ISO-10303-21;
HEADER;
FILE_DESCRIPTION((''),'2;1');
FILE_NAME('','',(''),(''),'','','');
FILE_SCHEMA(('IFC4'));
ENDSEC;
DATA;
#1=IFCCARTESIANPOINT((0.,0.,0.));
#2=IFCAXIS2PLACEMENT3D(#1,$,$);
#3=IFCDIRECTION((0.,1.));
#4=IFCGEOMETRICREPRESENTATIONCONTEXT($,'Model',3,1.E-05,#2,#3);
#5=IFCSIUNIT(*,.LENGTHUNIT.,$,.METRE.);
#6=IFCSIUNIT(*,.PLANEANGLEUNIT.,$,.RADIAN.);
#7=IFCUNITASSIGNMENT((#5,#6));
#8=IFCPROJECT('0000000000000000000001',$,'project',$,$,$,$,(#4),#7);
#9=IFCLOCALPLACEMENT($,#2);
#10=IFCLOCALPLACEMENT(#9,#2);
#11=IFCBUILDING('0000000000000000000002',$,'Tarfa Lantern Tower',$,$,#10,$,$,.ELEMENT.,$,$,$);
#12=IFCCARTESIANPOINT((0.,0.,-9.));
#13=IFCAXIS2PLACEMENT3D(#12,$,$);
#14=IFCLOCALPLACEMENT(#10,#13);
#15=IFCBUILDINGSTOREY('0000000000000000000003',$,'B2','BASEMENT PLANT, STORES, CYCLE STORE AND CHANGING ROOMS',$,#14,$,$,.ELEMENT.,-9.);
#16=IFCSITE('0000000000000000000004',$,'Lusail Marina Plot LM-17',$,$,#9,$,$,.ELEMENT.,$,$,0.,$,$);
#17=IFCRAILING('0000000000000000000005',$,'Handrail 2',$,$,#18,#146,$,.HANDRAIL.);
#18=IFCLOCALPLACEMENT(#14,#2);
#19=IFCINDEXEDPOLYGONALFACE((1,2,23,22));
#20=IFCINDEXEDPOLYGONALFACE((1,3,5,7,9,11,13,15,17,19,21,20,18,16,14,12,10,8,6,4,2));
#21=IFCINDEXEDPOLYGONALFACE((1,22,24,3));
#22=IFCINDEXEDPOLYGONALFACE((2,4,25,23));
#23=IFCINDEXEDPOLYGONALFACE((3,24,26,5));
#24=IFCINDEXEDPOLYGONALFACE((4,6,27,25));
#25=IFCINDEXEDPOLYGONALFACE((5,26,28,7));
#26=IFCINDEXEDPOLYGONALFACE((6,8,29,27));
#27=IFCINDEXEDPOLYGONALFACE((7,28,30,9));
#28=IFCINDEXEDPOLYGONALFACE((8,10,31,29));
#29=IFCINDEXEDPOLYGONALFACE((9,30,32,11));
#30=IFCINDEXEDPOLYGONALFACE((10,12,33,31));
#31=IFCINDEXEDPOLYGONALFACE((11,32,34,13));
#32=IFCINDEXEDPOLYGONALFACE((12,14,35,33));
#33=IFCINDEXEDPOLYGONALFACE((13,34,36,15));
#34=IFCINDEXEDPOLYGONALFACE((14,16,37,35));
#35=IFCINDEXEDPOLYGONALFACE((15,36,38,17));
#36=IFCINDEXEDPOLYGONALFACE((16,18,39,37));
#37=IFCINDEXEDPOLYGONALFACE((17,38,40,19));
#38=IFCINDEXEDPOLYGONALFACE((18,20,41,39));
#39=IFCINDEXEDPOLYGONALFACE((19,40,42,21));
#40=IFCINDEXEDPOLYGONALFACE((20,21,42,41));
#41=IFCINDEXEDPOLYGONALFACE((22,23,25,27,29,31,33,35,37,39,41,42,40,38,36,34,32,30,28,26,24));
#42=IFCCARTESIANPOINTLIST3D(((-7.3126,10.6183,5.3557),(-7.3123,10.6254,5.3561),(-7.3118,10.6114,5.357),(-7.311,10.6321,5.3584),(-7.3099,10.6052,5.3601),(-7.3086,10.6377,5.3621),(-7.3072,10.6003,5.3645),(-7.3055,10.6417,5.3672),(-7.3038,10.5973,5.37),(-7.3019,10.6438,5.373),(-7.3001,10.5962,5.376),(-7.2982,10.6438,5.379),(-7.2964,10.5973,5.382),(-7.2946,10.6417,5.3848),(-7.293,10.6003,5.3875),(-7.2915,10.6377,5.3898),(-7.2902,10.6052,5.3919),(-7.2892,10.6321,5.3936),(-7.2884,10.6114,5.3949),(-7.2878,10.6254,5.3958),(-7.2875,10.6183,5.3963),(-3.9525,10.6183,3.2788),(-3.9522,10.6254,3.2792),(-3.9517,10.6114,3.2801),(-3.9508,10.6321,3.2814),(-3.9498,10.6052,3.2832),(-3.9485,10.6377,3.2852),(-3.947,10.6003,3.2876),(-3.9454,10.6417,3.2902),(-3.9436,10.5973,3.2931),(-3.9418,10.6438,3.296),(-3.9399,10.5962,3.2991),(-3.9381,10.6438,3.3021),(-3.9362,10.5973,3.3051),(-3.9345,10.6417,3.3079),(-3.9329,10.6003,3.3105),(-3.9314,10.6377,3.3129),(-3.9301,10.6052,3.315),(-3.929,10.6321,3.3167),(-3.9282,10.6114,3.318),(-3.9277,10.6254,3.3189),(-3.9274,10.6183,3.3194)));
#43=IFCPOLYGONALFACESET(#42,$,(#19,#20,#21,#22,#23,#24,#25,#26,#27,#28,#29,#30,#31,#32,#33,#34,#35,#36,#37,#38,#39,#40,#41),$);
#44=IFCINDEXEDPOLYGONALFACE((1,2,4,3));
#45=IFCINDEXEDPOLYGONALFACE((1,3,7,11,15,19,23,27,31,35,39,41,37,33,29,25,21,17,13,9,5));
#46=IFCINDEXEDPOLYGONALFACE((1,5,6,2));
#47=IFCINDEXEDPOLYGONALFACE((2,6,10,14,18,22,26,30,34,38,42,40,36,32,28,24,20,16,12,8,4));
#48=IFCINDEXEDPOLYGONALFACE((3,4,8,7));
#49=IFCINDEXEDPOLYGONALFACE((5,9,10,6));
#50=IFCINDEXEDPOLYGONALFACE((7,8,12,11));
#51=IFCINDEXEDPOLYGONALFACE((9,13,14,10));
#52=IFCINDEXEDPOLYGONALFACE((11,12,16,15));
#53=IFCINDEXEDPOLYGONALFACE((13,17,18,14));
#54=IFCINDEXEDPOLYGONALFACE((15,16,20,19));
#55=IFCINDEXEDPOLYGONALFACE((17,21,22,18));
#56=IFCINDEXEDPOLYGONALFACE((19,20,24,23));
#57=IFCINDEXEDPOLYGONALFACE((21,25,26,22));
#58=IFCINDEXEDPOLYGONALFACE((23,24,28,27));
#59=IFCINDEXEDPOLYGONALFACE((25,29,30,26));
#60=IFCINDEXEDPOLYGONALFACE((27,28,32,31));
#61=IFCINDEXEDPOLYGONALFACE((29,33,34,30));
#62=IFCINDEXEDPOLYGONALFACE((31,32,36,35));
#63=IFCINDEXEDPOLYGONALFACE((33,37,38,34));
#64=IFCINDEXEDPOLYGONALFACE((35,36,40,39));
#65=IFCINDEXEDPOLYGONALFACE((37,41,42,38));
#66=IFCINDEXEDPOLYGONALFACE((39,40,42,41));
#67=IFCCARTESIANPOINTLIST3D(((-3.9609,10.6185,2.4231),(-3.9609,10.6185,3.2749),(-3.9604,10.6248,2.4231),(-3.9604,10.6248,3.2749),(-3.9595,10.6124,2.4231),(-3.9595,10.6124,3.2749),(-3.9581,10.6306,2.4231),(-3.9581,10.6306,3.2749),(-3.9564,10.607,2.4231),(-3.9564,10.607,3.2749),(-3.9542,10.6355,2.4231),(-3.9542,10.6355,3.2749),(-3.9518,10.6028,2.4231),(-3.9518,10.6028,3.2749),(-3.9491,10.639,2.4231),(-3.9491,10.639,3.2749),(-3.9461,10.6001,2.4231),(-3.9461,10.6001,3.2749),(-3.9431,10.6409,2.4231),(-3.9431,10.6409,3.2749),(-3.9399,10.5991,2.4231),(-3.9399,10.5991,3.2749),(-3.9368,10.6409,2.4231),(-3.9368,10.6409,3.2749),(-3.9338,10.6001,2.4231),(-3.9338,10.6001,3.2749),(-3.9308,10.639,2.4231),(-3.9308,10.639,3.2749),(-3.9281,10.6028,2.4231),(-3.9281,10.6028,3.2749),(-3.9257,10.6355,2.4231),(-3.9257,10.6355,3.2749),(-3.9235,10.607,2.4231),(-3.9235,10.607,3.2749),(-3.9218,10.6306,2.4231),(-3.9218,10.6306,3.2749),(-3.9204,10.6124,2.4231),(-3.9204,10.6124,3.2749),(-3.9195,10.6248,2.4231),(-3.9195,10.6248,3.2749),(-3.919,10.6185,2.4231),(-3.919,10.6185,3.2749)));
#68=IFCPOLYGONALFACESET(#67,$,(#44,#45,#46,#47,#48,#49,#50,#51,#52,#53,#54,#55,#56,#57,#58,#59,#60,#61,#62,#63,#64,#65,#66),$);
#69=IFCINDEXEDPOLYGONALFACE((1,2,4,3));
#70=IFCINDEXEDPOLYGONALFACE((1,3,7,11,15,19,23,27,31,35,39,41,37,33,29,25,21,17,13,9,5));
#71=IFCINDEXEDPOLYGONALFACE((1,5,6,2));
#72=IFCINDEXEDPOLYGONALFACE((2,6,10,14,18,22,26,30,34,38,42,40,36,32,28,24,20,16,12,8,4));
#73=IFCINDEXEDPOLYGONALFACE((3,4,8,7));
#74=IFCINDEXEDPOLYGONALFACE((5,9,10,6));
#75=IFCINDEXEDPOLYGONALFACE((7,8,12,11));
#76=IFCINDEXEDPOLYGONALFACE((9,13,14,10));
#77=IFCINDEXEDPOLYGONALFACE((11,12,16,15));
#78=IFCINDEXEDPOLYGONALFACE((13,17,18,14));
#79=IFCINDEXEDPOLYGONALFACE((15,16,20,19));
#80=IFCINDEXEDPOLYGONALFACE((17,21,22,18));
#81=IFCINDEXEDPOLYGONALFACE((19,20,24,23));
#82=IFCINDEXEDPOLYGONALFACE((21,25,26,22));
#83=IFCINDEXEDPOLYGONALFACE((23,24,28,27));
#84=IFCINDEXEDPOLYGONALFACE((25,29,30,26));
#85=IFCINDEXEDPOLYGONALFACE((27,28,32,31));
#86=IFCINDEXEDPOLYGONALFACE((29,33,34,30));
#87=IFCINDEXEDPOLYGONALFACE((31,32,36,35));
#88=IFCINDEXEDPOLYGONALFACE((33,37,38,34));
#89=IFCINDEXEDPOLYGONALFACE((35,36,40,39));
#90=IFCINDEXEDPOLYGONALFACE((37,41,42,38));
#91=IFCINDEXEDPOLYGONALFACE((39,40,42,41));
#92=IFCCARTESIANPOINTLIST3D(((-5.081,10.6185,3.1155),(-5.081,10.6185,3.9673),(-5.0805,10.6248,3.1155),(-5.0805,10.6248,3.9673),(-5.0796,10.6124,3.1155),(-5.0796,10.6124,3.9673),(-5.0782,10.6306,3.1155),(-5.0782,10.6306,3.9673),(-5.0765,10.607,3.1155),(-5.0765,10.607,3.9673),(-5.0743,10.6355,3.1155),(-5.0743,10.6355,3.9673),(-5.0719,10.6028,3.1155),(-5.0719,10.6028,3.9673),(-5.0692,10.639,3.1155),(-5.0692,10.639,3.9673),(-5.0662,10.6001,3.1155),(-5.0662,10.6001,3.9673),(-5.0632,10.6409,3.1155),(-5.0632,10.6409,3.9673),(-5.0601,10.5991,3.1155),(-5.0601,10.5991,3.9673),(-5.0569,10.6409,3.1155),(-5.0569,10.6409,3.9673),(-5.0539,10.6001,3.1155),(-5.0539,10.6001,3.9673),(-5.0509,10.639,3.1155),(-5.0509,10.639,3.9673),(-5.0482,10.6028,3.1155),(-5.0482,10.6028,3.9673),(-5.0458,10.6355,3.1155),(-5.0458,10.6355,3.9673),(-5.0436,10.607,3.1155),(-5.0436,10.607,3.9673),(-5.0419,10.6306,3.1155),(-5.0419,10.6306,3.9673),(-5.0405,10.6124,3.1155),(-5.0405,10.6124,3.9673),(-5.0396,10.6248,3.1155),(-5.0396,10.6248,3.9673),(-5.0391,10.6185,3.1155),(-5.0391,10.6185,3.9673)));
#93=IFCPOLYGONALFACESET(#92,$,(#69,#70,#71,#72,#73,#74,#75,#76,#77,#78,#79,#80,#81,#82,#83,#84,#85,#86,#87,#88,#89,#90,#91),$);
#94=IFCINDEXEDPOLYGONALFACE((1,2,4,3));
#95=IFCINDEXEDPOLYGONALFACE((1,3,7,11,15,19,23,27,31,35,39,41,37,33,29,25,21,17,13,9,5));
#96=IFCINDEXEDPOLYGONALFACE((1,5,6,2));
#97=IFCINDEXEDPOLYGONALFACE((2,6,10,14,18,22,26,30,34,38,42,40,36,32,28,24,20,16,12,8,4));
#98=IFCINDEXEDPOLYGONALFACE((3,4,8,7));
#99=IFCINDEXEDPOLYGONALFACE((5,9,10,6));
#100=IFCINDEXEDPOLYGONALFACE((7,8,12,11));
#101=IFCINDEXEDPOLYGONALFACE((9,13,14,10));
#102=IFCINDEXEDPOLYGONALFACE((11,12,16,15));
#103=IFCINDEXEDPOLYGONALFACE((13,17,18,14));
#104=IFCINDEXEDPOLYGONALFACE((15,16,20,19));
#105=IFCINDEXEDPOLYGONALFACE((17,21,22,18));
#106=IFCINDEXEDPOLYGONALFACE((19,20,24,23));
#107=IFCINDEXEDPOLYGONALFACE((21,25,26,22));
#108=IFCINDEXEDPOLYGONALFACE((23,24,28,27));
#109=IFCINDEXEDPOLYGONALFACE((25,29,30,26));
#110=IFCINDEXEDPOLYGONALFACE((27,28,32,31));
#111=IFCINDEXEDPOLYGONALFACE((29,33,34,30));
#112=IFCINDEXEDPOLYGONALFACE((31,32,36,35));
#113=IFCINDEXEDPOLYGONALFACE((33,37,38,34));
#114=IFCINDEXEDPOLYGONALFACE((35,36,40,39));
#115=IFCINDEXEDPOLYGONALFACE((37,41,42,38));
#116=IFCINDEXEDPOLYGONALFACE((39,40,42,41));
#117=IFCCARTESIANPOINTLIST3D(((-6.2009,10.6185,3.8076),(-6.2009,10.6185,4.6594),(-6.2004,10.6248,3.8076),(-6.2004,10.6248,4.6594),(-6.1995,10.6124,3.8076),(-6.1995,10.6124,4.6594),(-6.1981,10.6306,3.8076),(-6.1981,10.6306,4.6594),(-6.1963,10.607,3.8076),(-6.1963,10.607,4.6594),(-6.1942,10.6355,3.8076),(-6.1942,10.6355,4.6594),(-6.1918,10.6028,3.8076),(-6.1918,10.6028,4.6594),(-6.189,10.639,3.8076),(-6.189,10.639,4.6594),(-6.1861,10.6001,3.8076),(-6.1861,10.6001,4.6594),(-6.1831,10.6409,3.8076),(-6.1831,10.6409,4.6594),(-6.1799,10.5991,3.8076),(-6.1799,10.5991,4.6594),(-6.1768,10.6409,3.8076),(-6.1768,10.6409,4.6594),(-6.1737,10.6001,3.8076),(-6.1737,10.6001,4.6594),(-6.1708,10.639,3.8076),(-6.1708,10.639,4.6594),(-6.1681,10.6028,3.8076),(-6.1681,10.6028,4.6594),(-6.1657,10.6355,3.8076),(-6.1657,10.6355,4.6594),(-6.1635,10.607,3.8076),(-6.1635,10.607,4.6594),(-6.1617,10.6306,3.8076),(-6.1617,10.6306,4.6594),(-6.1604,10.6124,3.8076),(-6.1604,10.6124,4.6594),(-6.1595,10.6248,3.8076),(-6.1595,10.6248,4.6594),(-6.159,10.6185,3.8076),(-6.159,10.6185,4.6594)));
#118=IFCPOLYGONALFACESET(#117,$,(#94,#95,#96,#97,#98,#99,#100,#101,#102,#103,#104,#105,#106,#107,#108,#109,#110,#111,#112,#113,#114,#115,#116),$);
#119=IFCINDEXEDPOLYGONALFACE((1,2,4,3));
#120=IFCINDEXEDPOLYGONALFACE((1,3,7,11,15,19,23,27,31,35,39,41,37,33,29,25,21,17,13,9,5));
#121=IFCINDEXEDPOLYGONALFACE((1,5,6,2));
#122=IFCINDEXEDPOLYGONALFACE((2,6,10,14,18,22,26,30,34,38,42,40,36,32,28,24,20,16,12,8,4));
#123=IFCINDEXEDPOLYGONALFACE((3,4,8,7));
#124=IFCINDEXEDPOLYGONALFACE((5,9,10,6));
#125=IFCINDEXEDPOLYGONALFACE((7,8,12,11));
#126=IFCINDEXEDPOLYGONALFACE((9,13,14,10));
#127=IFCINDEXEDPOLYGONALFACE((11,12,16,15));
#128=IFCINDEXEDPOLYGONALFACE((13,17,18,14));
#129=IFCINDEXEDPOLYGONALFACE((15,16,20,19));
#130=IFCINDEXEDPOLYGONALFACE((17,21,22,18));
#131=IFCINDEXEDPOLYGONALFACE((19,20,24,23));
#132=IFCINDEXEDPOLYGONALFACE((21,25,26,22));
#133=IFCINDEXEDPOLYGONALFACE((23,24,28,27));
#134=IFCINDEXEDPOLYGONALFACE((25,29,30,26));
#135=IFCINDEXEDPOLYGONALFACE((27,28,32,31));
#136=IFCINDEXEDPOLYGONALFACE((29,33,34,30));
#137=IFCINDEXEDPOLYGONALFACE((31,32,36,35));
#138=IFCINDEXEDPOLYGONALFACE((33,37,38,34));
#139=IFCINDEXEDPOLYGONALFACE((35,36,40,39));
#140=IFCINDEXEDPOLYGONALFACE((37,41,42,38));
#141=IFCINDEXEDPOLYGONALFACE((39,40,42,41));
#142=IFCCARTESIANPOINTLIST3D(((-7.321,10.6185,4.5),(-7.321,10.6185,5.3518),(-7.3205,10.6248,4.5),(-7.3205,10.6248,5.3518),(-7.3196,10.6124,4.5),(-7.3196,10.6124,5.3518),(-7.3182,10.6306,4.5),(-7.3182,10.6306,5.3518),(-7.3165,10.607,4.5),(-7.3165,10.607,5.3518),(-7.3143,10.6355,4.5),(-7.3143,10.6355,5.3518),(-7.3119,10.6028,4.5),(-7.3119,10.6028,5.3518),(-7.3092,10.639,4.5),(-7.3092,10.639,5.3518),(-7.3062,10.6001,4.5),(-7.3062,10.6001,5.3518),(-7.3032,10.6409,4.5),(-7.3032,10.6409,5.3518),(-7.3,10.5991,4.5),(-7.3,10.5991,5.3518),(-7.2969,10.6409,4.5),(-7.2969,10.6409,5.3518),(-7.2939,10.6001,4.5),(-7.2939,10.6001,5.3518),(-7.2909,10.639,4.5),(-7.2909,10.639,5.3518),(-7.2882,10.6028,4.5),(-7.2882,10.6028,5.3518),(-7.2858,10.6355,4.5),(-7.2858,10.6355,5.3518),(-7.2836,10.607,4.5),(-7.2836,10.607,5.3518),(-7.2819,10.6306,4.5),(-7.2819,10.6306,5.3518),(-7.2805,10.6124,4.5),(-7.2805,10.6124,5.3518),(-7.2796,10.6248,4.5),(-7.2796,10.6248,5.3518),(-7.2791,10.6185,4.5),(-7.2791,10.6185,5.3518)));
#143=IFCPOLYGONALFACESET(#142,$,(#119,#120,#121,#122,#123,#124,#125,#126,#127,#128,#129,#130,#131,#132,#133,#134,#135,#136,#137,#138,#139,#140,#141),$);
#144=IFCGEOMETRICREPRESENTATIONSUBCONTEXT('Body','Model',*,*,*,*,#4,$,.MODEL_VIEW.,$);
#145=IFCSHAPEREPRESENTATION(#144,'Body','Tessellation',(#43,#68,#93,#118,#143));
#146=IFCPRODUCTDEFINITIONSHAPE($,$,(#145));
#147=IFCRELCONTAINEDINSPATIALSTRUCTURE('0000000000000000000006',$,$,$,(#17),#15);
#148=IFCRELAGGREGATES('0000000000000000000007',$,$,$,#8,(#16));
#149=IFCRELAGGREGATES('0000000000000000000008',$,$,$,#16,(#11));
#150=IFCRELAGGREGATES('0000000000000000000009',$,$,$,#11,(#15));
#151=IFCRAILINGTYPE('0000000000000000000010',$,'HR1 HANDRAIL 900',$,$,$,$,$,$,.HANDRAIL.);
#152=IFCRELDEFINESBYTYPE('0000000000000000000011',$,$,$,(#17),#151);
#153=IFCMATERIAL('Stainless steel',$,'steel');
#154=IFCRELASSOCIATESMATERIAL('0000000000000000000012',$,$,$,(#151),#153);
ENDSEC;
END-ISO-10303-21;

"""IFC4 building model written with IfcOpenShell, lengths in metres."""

from ifc_helpers import new_model, si_unit, direction, frame, origin, origin_2d, place, context, subcontext, project, spatial, circle, extrude, material, type_object, element, save


model = new_model("IFC4")

# Units and contexts
model_context = context("Model", 3, precision=1e-05, world=origin(), true_north=direction((0.0, 1.0)))
body_context = subcontext(model_context, "Body", "Model", "MODEL_VIEW")
ifc_project = project(units=[si_unit("LENGTHUNIT", "METRE"), si_unit("PLANEANGLEUNIT", "RADIAN")], contexts=[model_context])

# Site, building, storey
site_placement = place(None, origin())
site = spatial("IfcSite", under=ifc_project, at=site_placement, Name="Lusail Marina Plot LM-17", CompositionType="ELEMENT", RefElevation=0.0)
building_placement = place(site_placement, origin())
building = spatial("IfcBuilding", under=site, at=building_placement, Name="Tarfa Lantern Tower", CompositionType="ELEMENT")
storey_placement = place(building_placement, frame((0.0, 0.0, -9.0)))
storey = spatial("IfcBuildingStorey", under=building, at=storey_placement, Name="B2", Description="BASEMENT PLANT, STORES, CYCLE STORE AND CHANGING ROOMS", CompositionType="ELEMENT", Elevation=-9.0)

# Railing
ifc_material_1 = material(Name="Stainless steel", Category="steel")
railing_type = type_object("IfcRailingType", Name="HR1 HANDRAIL 900", PredefinedType="HANDRAIL", material=ifc_material_1)
railing_1_placement = place(storey_placement, frame((-3.9399, 10.6201, 2.4231)))
element("IfcRailing", 1, at=railing_1_placement, inside=storey, type_object=railing_type, Name="Handrail 2", PredefinedType="HANDRAIL", context=body_context, shape_type="SweptSolid", body=[
    extrude(circle(Radius=0.0239, at=origin_2d()), frame((0.0, 0.0, 0.876), z_axis=(-0.850623, 0.0, 0.525776), x_axis=(0.0, -1.0, 0.0)), (0.0, 0.0, 1.0), 3.9502),
    extrude(circle(Radius=0.021, at=origin_2d()), frame((0.0, 0.0, 0.0), z_axis=(0.0, 0.0, 1.0), x_axis=(0.0, -1.0, 0.0)), (0.0, 0.0, 1.0), 0.8518),
    extrude(circle(Radius=0.021, at=origin_2d()), frame((-1.1201, 0.0, 0.6924), z_axis=(0.0, 0.0, 1.0), x_axis=(0.0, -1.0, 0.0)), (0.0, 0.0, 1.0), 0.8518),
    extrude(circle(Radius=0.021, at=origin_2d()), frame((-2.24, 0.0, 1.3845), z_axis=(0.0, 0.0, 1.0), x_axis=(0.0, -1.0, 0.0)), (0.0, 0.0, 1.0), 0.8518),
    extrude(circle(Radius=0.021, at=origin_2d()), frame((-3.3601, 0.0, 2.0769), z_axis=(0.0, 0.0, 1.0), x_axis=(0.0, -1.0, 0.0)), (0.0, 0.0, 1.0), 0.8518),
])

save(model, "model.ifc")
